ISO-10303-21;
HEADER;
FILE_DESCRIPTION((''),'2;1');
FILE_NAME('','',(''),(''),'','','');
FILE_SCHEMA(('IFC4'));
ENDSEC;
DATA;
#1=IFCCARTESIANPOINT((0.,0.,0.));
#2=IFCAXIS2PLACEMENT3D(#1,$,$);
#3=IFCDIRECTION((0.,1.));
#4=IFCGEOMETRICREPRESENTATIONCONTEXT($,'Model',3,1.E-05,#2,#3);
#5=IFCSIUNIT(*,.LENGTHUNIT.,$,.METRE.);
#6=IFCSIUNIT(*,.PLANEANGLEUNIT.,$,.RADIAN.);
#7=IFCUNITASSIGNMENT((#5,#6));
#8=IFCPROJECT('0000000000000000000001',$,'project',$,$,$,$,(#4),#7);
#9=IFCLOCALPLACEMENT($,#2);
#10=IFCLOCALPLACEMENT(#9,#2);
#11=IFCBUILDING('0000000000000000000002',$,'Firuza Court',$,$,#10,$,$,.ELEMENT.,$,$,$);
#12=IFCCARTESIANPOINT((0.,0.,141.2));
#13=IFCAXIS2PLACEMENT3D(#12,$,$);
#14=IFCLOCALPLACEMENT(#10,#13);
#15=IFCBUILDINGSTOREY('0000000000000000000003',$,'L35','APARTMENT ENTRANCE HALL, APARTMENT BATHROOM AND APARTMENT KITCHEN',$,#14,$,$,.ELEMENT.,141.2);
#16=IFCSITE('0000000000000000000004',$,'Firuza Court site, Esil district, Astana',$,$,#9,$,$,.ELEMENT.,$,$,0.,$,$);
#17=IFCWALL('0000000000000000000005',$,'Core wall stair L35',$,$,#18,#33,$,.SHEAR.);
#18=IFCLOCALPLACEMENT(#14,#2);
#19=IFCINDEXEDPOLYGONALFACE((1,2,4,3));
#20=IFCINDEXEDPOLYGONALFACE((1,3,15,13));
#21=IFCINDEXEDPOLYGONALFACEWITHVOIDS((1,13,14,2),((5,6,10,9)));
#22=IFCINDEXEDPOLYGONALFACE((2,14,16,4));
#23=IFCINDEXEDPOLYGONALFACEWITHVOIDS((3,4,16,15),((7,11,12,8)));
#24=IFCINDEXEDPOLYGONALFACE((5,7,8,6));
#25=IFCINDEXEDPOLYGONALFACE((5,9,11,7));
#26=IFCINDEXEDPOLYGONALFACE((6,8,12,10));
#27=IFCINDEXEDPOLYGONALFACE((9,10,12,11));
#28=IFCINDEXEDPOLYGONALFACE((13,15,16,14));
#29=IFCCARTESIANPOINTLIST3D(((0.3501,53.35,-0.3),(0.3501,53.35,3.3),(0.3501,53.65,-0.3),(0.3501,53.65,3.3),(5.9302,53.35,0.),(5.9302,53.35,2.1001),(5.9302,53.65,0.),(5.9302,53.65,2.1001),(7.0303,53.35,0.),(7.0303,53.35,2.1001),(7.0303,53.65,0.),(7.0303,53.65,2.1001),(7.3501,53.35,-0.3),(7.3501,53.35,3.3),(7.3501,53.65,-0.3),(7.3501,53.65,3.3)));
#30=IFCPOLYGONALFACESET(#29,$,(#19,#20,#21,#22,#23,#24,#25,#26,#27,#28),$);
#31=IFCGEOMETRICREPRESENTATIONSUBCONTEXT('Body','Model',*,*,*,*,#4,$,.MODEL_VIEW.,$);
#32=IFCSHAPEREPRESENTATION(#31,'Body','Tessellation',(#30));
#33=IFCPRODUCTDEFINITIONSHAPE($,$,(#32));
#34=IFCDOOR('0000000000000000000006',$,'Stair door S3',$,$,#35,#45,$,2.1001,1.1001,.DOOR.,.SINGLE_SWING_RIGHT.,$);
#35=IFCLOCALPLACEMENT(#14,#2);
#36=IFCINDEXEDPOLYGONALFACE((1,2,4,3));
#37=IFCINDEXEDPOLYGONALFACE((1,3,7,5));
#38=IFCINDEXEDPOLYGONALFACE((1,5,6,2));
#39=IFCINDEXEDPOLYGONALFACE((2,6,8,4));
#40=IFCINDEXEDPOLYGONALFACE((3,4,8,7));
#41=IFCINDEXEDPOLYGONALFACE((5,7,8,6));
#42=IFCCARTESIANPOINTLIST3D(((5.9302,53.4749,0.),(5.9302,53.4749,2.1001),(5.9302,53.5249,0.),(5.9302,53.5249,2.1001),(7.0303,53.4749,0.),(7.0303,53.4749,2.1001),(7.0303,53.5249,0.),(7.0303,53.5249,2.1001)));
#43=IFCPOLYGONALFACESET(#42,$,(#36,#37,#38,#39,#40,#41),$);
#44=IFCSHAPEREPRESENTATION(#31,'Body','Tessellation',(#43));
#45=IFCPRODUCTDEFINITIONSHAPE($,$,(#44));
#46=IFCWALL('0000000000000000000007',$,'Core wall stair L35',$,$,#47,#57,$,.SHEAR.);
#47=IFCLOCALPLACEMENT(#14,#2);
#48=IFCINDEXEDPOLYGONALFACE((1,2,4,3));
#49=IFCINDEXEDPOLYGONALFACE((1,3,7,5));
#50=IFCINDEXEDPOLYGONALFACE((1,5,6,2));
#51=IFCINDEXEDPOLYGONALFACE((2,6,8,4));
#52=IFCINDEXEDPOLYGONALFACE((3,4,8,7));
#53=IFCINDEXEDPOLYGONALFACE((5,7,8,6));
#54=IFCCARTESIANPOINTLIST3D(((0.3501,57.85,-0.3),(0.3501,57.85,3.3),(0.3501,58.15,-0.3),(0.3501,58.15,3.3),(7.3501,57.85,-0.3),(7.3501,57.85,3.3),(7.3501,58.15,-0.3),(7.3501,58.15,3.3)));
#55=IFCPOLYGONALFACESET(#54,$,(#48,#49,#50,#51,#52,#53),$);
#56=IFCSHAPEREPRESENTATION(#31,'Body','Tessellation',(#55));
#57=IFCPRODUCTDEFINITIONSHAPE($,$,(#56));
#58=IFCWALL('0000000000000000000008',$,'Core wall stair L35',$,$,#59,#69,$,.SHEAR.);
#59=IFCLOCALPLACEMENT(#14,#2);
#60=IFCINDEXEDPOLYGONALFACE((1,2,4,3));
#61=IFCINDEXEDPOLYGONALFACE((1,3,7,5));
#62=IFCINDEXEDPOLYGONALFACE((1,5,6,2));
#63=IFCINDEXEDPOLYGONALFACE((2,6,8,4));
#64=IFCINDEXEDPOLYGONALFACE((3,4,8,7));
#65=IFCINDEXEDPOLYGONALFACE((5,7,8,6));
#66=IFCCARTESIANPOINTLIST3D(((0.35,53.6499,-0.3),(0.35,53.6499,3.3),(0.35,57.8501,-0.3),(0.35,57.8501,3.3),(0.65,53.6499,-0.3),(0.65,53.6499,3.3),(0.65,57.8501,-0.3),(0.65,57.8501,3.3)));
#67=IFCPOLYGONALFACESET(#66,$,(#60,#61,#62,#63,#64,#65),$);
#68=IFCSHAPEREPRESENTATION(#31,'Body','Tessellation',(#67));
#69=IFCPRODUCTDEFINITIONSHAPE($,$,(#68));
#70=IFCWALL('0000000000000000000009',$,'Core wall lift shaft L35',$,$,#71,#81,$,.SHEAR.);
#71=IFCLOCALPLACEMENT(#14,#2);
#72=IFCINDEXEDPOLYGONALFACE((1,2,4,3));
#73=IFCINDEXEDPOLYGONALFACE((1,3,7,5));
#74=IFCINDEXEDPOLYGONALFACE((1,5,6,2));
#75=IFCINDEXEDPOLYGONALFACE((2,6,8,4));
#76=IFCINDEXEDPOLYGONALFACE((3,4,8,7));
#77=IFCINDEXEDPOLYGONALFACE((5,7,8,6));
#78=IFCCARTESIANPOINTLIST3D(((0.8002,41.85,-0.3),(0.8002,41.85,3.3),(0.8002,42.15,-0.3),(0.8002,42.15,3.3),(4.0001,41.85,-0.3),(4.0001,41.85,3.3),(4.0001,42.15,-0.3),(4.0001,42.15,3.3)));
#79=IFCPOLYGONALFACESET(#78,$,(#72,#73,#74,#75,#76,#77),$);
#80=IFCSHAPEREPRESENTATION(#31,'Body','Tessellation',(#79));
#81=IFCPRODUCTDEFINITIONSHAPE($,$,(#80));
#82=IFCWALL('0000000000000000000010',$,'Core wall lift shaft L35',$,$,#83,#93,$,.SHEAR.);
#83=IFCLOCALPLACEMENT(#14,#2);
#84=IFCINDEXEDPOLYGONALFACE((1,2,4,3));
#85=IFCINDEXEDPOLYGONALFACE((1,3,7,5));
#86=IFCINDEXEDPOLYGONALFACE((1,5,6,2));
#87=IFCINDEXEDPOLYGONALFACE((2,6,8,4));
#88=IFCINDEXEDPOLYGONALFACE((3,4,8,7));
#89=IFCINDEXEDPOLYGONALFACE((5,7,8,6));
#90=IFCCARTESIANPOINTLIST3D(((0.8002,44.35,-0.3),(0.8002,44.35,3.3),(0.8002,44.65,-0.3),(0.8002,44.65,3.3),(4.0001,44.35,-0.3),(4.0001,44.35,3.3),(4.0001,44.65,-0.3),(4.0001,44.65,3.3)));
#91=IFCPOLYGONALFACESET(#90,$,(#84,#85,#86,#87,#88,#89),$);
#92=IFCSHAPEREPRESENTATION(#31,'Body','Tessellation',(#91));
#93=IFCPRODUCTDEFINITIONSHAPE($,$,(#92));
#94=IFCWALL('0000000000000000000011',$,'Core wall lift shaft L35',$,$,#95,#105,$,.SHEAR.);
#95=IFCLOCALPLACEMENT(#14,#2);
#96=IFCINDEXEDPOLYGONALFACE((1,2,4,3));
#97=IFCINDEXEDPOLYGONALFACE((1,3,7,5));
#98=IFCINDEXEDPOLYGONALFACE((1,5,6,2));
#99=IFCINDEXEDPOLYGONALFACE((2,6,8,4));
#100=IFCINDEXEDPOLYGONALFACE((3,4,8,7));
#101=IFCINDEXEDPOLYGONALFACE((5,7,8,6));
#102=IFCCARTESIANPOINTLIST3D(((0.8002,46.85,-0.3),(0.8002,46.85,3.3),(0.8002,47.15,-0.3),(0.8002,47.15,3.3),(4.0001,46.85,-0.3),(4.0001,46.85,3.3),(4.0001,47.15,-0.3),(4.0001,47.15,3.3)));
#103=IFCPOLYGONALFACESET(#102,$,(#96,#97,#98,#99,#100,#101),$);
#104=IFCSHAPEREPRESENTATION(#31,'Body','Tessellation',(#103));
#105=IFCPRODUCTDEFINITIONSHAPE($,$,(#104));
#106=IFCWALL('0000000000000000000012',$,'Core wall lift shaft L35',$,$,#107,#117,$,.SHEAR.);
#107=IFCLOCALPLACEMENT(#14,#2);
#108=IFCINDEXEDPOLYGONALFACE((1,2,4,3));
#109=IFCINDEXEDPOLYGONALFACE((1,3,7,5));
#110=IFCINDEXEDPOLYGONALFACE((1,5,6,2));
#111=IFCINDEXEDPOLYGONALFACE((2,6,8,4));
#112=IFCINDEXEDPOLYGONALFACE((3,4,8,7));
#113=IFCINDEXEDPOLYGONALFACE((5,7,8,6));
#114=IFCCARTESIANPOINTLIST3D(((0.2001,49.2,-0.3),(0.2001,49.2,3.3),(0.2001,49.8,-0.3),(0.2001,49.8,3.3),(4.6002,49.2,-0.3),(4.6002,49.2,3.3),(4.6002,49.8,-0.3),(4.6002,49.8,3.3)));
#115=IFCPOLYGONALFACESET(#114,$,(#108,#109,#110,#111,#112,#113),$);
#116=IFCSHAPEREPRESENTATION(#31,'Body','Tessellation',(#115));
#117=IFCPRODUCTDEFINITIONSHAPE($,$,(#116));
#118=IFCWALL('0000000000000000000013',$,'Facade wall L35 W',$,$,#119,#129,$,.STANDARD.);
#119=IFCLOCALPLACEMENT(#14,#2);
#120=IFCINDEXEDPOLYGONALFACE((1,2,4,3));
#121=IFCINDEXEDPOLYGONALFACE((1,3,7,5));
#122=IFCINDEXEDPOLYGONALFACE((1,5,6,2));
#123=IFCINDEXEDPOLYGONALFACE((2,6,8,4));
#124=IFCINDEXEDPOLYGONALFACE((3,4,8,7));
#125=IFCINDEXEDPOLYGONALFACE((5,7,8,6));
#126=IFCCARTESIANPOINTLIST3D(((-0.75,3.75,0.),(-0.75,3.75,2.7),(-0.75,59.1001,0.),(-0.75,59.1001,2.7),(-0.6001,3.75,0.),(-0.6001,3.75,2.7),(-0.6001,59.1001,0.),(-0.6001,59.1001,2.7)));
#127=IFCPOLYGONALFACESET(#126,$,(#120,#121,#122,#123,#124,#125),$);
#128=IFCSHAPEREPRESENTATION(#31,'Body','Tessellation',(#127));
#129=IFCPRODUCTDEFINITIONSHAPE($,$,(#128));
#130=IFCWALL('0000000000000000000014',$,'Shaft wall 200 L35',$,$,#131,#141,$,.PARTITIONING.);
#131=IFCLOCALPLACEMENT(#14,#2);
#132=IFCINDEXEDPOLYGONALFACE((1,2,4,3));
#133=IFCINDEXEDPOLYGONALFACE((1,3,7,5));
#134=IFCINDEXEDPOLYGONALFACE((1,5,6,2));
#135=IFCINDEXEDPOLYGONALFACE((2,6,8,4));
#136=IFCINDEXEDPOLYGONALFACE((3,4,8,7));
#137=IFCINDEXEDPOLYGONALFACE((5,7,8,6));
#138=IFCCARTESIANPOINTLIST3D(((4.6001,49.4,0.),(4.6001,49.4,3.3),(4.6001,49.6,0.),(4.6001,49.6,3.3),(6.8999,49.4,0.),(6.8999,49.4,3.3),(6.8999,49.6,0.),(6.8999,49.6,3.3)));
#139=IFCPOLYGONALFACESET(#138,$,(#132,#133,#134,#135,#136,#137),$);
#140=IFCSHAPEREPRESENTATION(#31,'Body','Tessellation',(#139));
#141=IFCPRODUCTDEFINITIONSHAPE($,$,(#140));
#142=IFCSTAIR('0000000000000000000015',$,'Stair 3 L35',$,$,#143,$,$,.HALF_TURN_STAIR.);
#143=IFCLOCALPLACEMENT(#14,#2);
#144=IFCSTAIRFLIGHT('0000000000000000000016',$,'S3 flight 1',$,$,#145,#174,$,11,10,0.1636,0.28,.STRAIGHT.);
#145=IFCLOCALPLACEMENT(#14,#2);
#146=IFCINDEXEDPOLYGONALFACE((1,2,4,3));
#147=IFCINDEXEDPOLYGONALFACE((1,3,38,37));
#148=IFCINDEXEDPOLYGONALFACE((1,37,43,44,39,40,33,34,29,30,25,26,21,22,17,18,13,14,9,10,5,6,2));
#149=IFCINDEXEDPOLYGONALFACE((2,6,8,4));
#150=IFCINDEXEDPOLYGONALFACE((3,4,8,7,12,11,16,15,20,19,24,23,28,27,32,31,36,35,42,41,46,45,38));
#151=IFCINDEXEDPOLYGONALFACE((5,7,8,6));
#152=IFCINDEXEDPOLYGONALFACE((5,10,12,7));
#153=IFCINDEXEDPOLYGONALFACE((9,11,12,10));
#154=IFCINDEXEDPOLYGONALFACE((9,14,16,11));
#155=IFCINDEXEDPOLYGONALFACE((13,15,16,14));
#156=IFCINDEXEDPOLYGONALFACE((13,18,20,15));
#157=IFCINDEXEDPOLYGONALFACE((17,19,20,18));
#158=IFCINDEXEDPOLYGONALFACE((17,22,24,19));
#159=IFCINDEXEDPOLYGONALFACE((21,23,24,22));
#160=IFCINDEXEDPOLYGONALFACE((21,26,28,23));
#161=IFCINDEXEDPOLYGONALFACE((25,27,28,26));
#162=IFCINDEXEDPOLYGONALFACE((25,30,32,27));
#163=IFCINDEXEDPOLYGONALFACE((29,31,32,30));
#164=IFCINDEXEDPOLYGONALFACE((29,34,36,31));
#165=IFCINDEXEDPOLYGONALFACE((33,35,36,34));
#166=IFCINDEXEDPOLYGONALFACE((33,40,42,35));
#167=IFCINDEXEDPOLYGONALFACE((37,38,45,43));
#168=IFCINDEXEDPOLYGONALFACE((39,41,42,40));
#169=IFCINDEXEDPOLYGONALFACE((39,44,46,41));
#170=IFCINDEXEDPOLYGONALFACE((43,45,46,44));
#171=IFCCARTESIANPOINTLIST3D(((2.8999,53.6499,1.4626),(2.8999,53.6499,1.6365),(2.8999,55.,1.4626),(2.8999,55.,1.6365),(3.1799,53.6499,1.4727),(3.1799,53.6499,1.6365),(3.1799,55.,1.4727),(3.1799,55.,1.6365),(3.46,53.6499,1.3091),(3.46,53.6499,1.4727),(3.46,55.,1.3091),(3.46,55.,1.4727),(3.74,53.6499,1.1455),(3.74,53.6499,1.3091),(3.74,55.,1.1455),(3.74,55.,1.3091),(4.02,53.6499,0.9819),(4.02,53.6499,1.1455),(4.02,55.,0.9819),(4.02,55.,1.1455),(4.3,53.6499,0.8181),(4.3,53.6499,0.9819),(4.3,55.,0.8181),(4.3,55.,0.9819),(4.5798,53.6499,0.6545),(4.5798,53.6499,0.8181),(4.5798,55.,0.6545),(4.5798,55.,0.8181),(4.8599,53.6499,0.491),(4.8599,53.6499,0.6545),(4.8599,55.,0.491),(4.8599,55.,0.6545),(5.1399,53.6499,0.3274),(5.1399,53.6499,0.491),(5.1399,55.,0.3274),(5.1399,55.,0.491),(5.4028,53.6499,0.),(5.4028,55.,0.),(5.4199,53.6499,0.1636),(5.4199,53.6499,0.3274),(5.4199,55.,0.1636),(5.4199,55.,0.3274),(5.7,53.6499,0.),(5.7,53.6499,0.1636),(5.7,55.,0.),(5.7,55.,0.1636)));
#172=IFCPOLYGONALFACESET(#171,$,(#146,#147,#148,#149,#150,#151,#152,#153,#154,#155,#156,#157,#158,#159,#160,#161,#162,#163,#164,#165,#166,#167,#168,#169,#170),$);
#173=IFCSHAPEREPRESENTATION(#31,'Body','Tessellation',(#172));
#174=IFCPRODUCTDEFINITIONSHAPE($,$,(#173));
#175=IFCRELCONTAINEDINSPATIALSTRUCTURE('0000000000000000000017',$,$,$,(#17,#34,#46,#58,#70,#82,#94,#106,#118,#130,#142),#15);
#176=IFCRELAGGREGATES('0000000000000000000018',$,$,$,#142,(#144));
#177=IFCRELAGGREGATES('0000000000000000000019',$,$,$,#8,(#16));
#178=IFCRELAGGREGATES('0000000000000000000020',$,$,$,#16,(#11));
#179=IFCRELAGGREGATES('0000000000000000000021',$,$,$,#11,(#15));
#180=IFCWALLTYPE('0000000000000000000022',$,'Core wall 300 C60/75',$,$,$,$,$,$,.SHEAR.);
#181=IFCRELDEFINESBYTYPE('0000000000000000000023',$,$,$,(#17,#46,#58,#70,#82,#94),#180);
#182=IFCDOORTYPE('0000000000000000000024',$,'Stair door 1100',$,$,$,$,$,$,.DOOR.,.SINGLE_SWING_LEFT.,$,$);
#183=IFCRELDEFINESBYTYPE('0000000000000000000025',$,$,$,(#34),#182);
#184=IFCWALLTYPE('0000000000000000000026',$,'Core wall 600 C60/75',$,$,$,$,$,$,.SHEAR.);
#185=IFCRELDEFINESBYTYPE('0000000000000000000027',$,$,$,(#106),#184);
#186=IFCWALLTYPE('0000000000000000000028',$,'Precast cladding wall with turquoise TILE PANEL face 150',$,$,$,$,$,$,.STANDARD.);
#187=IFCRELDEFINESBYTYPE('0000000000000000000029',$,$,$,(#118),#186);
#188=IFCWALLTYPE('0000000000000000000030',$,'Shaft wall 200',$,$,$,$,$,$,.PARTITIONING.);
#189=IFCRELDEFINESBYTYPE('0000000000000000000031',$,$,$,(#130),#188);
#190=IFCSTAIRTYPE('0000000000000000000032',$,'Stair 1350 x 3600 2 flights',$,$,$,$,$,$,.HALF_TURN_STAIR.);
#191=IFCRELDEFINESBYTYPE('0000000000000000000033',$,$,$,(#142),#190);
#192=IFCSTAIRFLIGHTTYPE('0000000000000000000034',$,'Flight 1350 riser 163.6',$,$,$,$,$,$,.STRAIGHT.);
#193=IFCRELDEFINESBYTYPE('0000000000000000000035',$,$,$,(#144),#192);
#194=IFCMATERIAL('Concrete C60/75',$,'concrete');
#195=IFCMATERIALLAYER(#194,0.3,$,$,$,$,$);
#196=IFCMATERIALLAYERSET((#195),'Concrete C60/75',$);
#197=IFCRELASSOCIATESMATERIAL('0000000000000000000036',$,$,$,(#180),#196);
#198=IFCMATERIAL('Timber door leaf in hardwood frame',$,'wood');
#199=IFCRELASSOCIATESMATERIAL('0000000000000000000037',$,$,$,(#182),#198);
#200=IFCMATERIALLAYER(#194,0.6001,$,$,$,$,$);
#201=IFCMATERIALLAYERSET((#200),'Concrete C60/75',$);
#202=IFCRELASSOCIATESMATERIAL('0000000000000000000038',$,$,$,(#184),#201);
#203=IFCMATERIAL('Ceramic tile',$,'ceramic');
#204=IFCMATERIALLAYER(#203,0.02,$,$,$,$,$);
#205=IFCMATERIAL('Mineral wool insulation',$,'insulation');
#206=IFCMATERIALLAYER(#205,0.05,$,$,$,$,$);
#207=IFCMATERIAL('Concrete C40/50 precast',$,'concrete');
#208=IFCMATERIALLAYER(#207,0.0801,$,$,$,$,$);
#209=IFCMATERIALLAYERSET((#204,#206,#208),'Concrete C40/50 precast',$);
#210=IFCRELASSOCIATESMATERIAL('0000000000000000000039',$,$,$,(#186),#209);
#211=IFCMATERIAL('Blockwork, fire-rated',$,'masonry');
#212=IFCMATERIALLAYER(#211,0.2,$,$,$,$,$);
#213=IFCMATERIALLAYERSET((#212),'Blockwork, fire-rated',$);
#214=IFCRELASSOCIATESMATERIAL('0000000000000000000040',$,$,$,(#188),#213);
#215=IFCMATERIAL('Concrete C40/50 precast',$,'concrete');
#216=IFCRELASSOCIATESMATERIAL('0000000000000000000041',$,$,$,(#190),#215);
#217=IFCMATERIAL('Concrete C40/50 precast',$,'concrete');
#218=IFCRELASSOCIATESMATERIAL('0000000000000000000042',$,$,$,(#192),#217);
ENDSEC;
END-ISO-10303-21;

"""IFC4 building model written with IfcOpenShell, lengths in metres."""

from ifc_helpers import new_model, si_unit, direction, frame, frame_2d, origin, place, context, subcontext, project, spatial, polyline, rectangle, outline, extrude, material, layer, layer_set, type_object, element, fill, aggregate, save


model = new_model("IFC4")

# Units and contexts
model_context = context("Model", 3, precision=1e-05, world=origin(), true_north=direction((0.0, 1.0)))
body_context = subcontext(model_context, "Body", "Model", "MODEL_VIEW")
ifc_project = project(units=[si_unit("LENGTHUNIT", "METRE"), si_unit("PLANEANGLEUNIT", "RADIAN")], contexts=[model_context])

# Site, building, storey
site_placement = place(None, origin())
site = spatial("IfcSite", under=ifc_project, at=site_placement, Name="Firuza Court site, Esil district, Astana", CompositionType="ELEMENT", RefElevation=0.0)
building_placement = place(site_placement, origin())
building = spatial("IfcBuilding", under=site, at=building_placement, Name="Firuza Court", CompositionType="ELEMENT")
storey_placement = place(building_placement, frame((0.0, 0.0, 141.2)))
storey = spatial("IfcBuildingStorey", under=building, at=storey_placement, Name="L35", Description="APARTMENT ENTRANCE HALL, APARTMENT BATHROOM AND APARTMENT KITCHEN", CompositionType="ELEMENT", Elevation=141.2)

# Wall, opening, door
ifc_material_1 = material(Name="Concrete C60/75", Category="concrete")
ifc_layer_1 = layer(ifc_material_1, 0.3)
ifc_layer_set_1 = layer_set([ifc_layer_1], Name="Concrete C60/75")
wall_type_1 = type_object("IfcWallType", Name="Core wall 300 C60/75", PredefinedType="SHEAR", material=ifc_layer_set_1)
wall_1_placement = place(storey_placement, frame((0.3501, 53.5, -0.3), z_axis=(0.0, 0.0, 1.0), x_axis=(1.0, 0.0, 0.0)))
wall_1 = element("IfcWall", 1, at=wall_1_placement, inside=storey, type_object=wall_type_1, Name="Core wall stair L35", PredefinedType="SHEAR", context=body_context, shape_type="SweptSolid", body=[
    extrude(rectangle(XDim=7.0, YDim=0.3, at=frame_2d((3.5, 0.0))), origin(), (0.0, 0.0, 1.0), 3.6001),
])
opening_placement = place(wall_1_placement, frame((5.5801, 0.0, 0.3)))
opening = element("IfcOpeningElement", 2, at=opening_placement, cuts=wall_1, PredefinedType="OPENING", context=body_context, shape_type="SweptSolid", body=[
    extrude(rectangle(XDim=1.1001, YDim=2.1001, at=frame_2d((0.55, 1.05))), frame((0.0, 0.1621, 0.0), z_axis=(0.0, -1.0, 0.0), x_axis=(1.0, 0.0, 0.0)), (0.0, 0.0, 1.0), 0.324),
])
ifc_material_2 = material(Name="Timber door leaf in hardwood frame", Category="wood")
door_type = type_object("IfcDoorType", Name="Stair door 1100", OperationType="SINGLE_SWING_LEFT", PredefinedType="DOOR", material=ifc_material_2)
door_placement = place(opening_placement, origin())
door = element("IfcDoor", 3, at=door_placement, inside=storey, type_object=door_type, Name="Stair door S3", OperationType="SINGLE_SWING_RIGHT", OverallHeight=2.1001, OverallWidth=1.1001, PredefinedType="DOOR", context=body_context, shape_type="SweptSolid", body=[
    extrude(rectangle(XDim=1.1001, YDim=2.1001, at=frame_2d((0.55, 1.05))), frame((0.0, 0.0249, 0.0), z_axis=(0.0, -1.0, 0.0), x_axis=(1.0, 0.0, 0.0)), (0.0, 0.0, 1.0), 0.05),
])
fill(opening, door)

# Walls
wall_2_placement = place(storey_placement, frame((0.3501, 58.0, -0.3), z_axis=(0.0, 0.0, 1.0), x_axis=(1.0, 0.0, 0.0)))
element("IfcWall", 4, at=wall_2_placement, inside=storey, type_object=wall_type_1, Name="Core wall stair L35", PredefinedType="SHEAR", context=body_context, shape_type="SweptSolid", body=[
    extrude(rectangle(XDim=7.0, YDim=0.3, at=frame_2d((3.5, 0.0))), origin(), (0.0, 0.0, 1.0), 3.6001),
])
wall_3_placement = place(storey_placement, frame((0.5, 53.6499, -0.3), z_axis=(0.0, 0.0, 1.0), x_axis=(0.0, 1.0, 0.0)))
element("IfcWall", 5, at=wall_3_placement, inside=storey, type_object=wall_type_1, Name="Core wall stair L35", PredefinedType="SHEAR", context=body_context, shape_type="SweptSolid", body=[
    extrude(rectangle(XDim=4.2002, YDim=0.3, at=frame_2d((2.1001, 0.0))), origin(), (0.0, 0.0, 1.0), 3.6001),
])
for number, where, z_axis, x_axis, name in (
    (6, (0.8, 42.0, -0.3), (0.0, 0.0, 1.0), (1.0, 0.0, 0.0), "Core wall lift shaft L35"),
    (7, (0.8, 44.5, -0.3), (0.0, 0.0, 1.0), (1.0, 0.0, 0.0), "Core wall lift shaft L35"),
    (8, (0.8, 47.0, -0.3), (0.0, 0.0, 1.0), (1.0, 0.0, 0.0), "Core wall lift shaft L35"),
):
    element("IfcWall", number, at=place(storey_placement, frame(where, z_axis=z_axis, x_axis=x_axis)), inside=storey, type_object=wall_type_1, Name=name, PredefinedType="SHEAR", context=body_context, shape_type="SweptSolid", body=[
        extrude(rectangle(XDim=3.2, YDim=0.3, at=frame_2d((1.6001, 0.0))), origin(), (0.0, 0.0, 1.0), 3.6001),
    ])
ifc_layer_2 = layer(ifc_material_1, 0.6001)
ifc_layer_set_2 = layer_set([ifc_layer_2], Name="Concrete C60/75")
wall_type_2 = type_object("IfcWallType", Name="Core wall 600 C60/75", PredefinedType="SHEAR", material=ifc_layer_set_2)
wall_4_placement = place(storey_placement, frame((0.2, 49.5, -0.3), z_axis=(0.0, 0.0, 1.0), x_axis=(1.0, 0.0, 0.0)))
element("IfcWall", 9, at=wall_4_placement, inside=storey, type_object=wall_type_2, Name="Core wall lift shaft L35", PredefinedType="SHEAR", context=body_context, shape_type="SweptSolid", body=[
    extrude(rectangle(XDim=4.4001, YDim=0.6001, at=frame_2d((2.2002, 0.0))), origin(), (0.0, 0.0, 1.0), 3.6001),
])
ifc_material_3 = material(Name="Ceramic tile", Category="ceramic")
ifc_layer_3 = layer(ifc_material_3, 0.02)
ifc_material_4 = material(Name="Mineral wool insulation", Category="insulation")
ifc_layer_4 = layer(ifc_material_4, 0.05)
ifc_material_5 = material(Name="Concrete C40/50 precast", Category="concrete")
ifc_layer_5 = layer(ifc_material_5, 0.0801)
ifc_layer_set_3 = layer_set([ifc_layer_3, ifc_layer_4, ifc_layer_5], Name="Concrete C40/50 precast")
wall_type_3 = type_object("IfcWallType", Name="Precast cladding wall with turquoise TILE PANEL face 150", PredefinedType="STANDARD", material=ifc_layer_set_3)
wall_5_placement = place(storey_placement, frame((-0.675, 59.1001, 0.0), z_axis=(0.0, 0.0, 1.0), x_axis=(0.0, -1.0, 0.0)))
element("IfcWall", 10, at=wall_5_placement, inside=storey, type_object=wall_type_3, Name="Facade wall L35 W", PredefinedType="STANDARD", context=body_context, shape_type="SweptSolid", body=[
    extrude(rectangle(XDim=55.3501, YDim=0.1499, at=frame_2d((27.675, 0.0))), origin(), (0.0, 0.0, 1.0), 2.7),
])
ifc_material_6 = material(Name="Blockwork, fire-rated", Category="masonry")
ifc_layer_6 = layer(ifc_material_6, 0.2)
ifc_layer_set_4 = layer_set([ifc_layer_6], Name="Blockwork, fire-rated")
wall_type_4 = type_object("IfcWallType", Name="Shaft wall 200", PredefinedType="PARTITIONING", material=ifc_layer_set_4)
wall_6_placement = place(storey_placement, frame((4.6001, 49.5, 0.0), z_axis=(0.0, 0.0, 1.0), x_axis=(1.0, 0.0, 0.0)))
element("IfcWall", 11, at=wall_6_placement, inside=storey, type_object=wall_type_4, Name="Shaft wall 200 L35", PredefinedType="PARTITIONING", context=body_context, shape_type="SweptSolid", body=[
    extrude(rectangle(XDim=2.2998, YDim=0.2, at=frame_2d((1.1499, 0.0))), origin(), (0.0, 0.0, 1.0), 3.3),
])

# Stair, stair flight
ifc_material_7 = material(Name="Concrete C40/50 precast", Category="concrete")
stair_type = type_object("IfcStairType", Name="Stair 1350 x 3600 2 flights", PredefinedType="HALF_TURN_STAIR", material=ifc_material_7)
stair_placement = place(storey_placement, origin())
stair = element("IfcStair", 12, at=stair_placement, inside=storey, type_object=stair_type, Name="Stair 3 L35", PredefinedType="HALF_TURN_STAIR")
ifc_material_8 = material(Name="Concrete C40/50 precast", Category="concrete")
stair_flight_type = type_object("IfcStairFlightType", Name="Flight 1350 riser 163.6", PredefinedType="STRAIGHT", material=ifc_material_8)
stair_flight_1_placement = place(storey_placement, frame((5.7, 54.325, 0.0), z_axis=(0.0, 0.0, 1.0), x_axis=(-1.0, 0.0, 0.0)))
stair_flight_1 = element("IfcStairFlight", 13, at=stair_flight_1_placement, type_object=stair_flight_type, Name="S3 flight 1", NumberOfRisers=11, NumberOfTreads=10, PredefinedType="STRAIGHT", RiserHeight=0.1636, TreadLength=0.28, context=body_context, shape_type="SweptSolid", body=[
    extrude(outline(polyline([(0.0, 0.0), (0.0, 0.1636), (0.28, 0.1636), (0.28, 0.3274), (0.5601, 0.3274), (0.5601, 0.491), (0.8401, 0.491), (0.8401, 0.6545), (1.1201, 0.6545), (1.1201, 0.8181), (1.3999, 0.8181), (1.3999, 0.9819), (1.6799, 0.9819), (1.6799, 1.1455), (1.96, 1.1455), (1.96, 1.3091), (2.24, 1.3091), (2.24, 1.4727), (2.52, 1.4727), (2.52, 1.6365), (2.8, 1.6365), (2.8, 1.8), (2.8, 1.4626), (0.2971, 0.0), (0.0, 0.0)])), frame((0.0, 0.675, 0.0), z_axis=(0.0, -1.0, 0.0), x_axis=(1.0, 0.0, 0.0)), (0.0, 0.0, 1.0), 1.3501),
])
aggregate(stair, [stair_flight_1])

save(model, "model.ifc")
